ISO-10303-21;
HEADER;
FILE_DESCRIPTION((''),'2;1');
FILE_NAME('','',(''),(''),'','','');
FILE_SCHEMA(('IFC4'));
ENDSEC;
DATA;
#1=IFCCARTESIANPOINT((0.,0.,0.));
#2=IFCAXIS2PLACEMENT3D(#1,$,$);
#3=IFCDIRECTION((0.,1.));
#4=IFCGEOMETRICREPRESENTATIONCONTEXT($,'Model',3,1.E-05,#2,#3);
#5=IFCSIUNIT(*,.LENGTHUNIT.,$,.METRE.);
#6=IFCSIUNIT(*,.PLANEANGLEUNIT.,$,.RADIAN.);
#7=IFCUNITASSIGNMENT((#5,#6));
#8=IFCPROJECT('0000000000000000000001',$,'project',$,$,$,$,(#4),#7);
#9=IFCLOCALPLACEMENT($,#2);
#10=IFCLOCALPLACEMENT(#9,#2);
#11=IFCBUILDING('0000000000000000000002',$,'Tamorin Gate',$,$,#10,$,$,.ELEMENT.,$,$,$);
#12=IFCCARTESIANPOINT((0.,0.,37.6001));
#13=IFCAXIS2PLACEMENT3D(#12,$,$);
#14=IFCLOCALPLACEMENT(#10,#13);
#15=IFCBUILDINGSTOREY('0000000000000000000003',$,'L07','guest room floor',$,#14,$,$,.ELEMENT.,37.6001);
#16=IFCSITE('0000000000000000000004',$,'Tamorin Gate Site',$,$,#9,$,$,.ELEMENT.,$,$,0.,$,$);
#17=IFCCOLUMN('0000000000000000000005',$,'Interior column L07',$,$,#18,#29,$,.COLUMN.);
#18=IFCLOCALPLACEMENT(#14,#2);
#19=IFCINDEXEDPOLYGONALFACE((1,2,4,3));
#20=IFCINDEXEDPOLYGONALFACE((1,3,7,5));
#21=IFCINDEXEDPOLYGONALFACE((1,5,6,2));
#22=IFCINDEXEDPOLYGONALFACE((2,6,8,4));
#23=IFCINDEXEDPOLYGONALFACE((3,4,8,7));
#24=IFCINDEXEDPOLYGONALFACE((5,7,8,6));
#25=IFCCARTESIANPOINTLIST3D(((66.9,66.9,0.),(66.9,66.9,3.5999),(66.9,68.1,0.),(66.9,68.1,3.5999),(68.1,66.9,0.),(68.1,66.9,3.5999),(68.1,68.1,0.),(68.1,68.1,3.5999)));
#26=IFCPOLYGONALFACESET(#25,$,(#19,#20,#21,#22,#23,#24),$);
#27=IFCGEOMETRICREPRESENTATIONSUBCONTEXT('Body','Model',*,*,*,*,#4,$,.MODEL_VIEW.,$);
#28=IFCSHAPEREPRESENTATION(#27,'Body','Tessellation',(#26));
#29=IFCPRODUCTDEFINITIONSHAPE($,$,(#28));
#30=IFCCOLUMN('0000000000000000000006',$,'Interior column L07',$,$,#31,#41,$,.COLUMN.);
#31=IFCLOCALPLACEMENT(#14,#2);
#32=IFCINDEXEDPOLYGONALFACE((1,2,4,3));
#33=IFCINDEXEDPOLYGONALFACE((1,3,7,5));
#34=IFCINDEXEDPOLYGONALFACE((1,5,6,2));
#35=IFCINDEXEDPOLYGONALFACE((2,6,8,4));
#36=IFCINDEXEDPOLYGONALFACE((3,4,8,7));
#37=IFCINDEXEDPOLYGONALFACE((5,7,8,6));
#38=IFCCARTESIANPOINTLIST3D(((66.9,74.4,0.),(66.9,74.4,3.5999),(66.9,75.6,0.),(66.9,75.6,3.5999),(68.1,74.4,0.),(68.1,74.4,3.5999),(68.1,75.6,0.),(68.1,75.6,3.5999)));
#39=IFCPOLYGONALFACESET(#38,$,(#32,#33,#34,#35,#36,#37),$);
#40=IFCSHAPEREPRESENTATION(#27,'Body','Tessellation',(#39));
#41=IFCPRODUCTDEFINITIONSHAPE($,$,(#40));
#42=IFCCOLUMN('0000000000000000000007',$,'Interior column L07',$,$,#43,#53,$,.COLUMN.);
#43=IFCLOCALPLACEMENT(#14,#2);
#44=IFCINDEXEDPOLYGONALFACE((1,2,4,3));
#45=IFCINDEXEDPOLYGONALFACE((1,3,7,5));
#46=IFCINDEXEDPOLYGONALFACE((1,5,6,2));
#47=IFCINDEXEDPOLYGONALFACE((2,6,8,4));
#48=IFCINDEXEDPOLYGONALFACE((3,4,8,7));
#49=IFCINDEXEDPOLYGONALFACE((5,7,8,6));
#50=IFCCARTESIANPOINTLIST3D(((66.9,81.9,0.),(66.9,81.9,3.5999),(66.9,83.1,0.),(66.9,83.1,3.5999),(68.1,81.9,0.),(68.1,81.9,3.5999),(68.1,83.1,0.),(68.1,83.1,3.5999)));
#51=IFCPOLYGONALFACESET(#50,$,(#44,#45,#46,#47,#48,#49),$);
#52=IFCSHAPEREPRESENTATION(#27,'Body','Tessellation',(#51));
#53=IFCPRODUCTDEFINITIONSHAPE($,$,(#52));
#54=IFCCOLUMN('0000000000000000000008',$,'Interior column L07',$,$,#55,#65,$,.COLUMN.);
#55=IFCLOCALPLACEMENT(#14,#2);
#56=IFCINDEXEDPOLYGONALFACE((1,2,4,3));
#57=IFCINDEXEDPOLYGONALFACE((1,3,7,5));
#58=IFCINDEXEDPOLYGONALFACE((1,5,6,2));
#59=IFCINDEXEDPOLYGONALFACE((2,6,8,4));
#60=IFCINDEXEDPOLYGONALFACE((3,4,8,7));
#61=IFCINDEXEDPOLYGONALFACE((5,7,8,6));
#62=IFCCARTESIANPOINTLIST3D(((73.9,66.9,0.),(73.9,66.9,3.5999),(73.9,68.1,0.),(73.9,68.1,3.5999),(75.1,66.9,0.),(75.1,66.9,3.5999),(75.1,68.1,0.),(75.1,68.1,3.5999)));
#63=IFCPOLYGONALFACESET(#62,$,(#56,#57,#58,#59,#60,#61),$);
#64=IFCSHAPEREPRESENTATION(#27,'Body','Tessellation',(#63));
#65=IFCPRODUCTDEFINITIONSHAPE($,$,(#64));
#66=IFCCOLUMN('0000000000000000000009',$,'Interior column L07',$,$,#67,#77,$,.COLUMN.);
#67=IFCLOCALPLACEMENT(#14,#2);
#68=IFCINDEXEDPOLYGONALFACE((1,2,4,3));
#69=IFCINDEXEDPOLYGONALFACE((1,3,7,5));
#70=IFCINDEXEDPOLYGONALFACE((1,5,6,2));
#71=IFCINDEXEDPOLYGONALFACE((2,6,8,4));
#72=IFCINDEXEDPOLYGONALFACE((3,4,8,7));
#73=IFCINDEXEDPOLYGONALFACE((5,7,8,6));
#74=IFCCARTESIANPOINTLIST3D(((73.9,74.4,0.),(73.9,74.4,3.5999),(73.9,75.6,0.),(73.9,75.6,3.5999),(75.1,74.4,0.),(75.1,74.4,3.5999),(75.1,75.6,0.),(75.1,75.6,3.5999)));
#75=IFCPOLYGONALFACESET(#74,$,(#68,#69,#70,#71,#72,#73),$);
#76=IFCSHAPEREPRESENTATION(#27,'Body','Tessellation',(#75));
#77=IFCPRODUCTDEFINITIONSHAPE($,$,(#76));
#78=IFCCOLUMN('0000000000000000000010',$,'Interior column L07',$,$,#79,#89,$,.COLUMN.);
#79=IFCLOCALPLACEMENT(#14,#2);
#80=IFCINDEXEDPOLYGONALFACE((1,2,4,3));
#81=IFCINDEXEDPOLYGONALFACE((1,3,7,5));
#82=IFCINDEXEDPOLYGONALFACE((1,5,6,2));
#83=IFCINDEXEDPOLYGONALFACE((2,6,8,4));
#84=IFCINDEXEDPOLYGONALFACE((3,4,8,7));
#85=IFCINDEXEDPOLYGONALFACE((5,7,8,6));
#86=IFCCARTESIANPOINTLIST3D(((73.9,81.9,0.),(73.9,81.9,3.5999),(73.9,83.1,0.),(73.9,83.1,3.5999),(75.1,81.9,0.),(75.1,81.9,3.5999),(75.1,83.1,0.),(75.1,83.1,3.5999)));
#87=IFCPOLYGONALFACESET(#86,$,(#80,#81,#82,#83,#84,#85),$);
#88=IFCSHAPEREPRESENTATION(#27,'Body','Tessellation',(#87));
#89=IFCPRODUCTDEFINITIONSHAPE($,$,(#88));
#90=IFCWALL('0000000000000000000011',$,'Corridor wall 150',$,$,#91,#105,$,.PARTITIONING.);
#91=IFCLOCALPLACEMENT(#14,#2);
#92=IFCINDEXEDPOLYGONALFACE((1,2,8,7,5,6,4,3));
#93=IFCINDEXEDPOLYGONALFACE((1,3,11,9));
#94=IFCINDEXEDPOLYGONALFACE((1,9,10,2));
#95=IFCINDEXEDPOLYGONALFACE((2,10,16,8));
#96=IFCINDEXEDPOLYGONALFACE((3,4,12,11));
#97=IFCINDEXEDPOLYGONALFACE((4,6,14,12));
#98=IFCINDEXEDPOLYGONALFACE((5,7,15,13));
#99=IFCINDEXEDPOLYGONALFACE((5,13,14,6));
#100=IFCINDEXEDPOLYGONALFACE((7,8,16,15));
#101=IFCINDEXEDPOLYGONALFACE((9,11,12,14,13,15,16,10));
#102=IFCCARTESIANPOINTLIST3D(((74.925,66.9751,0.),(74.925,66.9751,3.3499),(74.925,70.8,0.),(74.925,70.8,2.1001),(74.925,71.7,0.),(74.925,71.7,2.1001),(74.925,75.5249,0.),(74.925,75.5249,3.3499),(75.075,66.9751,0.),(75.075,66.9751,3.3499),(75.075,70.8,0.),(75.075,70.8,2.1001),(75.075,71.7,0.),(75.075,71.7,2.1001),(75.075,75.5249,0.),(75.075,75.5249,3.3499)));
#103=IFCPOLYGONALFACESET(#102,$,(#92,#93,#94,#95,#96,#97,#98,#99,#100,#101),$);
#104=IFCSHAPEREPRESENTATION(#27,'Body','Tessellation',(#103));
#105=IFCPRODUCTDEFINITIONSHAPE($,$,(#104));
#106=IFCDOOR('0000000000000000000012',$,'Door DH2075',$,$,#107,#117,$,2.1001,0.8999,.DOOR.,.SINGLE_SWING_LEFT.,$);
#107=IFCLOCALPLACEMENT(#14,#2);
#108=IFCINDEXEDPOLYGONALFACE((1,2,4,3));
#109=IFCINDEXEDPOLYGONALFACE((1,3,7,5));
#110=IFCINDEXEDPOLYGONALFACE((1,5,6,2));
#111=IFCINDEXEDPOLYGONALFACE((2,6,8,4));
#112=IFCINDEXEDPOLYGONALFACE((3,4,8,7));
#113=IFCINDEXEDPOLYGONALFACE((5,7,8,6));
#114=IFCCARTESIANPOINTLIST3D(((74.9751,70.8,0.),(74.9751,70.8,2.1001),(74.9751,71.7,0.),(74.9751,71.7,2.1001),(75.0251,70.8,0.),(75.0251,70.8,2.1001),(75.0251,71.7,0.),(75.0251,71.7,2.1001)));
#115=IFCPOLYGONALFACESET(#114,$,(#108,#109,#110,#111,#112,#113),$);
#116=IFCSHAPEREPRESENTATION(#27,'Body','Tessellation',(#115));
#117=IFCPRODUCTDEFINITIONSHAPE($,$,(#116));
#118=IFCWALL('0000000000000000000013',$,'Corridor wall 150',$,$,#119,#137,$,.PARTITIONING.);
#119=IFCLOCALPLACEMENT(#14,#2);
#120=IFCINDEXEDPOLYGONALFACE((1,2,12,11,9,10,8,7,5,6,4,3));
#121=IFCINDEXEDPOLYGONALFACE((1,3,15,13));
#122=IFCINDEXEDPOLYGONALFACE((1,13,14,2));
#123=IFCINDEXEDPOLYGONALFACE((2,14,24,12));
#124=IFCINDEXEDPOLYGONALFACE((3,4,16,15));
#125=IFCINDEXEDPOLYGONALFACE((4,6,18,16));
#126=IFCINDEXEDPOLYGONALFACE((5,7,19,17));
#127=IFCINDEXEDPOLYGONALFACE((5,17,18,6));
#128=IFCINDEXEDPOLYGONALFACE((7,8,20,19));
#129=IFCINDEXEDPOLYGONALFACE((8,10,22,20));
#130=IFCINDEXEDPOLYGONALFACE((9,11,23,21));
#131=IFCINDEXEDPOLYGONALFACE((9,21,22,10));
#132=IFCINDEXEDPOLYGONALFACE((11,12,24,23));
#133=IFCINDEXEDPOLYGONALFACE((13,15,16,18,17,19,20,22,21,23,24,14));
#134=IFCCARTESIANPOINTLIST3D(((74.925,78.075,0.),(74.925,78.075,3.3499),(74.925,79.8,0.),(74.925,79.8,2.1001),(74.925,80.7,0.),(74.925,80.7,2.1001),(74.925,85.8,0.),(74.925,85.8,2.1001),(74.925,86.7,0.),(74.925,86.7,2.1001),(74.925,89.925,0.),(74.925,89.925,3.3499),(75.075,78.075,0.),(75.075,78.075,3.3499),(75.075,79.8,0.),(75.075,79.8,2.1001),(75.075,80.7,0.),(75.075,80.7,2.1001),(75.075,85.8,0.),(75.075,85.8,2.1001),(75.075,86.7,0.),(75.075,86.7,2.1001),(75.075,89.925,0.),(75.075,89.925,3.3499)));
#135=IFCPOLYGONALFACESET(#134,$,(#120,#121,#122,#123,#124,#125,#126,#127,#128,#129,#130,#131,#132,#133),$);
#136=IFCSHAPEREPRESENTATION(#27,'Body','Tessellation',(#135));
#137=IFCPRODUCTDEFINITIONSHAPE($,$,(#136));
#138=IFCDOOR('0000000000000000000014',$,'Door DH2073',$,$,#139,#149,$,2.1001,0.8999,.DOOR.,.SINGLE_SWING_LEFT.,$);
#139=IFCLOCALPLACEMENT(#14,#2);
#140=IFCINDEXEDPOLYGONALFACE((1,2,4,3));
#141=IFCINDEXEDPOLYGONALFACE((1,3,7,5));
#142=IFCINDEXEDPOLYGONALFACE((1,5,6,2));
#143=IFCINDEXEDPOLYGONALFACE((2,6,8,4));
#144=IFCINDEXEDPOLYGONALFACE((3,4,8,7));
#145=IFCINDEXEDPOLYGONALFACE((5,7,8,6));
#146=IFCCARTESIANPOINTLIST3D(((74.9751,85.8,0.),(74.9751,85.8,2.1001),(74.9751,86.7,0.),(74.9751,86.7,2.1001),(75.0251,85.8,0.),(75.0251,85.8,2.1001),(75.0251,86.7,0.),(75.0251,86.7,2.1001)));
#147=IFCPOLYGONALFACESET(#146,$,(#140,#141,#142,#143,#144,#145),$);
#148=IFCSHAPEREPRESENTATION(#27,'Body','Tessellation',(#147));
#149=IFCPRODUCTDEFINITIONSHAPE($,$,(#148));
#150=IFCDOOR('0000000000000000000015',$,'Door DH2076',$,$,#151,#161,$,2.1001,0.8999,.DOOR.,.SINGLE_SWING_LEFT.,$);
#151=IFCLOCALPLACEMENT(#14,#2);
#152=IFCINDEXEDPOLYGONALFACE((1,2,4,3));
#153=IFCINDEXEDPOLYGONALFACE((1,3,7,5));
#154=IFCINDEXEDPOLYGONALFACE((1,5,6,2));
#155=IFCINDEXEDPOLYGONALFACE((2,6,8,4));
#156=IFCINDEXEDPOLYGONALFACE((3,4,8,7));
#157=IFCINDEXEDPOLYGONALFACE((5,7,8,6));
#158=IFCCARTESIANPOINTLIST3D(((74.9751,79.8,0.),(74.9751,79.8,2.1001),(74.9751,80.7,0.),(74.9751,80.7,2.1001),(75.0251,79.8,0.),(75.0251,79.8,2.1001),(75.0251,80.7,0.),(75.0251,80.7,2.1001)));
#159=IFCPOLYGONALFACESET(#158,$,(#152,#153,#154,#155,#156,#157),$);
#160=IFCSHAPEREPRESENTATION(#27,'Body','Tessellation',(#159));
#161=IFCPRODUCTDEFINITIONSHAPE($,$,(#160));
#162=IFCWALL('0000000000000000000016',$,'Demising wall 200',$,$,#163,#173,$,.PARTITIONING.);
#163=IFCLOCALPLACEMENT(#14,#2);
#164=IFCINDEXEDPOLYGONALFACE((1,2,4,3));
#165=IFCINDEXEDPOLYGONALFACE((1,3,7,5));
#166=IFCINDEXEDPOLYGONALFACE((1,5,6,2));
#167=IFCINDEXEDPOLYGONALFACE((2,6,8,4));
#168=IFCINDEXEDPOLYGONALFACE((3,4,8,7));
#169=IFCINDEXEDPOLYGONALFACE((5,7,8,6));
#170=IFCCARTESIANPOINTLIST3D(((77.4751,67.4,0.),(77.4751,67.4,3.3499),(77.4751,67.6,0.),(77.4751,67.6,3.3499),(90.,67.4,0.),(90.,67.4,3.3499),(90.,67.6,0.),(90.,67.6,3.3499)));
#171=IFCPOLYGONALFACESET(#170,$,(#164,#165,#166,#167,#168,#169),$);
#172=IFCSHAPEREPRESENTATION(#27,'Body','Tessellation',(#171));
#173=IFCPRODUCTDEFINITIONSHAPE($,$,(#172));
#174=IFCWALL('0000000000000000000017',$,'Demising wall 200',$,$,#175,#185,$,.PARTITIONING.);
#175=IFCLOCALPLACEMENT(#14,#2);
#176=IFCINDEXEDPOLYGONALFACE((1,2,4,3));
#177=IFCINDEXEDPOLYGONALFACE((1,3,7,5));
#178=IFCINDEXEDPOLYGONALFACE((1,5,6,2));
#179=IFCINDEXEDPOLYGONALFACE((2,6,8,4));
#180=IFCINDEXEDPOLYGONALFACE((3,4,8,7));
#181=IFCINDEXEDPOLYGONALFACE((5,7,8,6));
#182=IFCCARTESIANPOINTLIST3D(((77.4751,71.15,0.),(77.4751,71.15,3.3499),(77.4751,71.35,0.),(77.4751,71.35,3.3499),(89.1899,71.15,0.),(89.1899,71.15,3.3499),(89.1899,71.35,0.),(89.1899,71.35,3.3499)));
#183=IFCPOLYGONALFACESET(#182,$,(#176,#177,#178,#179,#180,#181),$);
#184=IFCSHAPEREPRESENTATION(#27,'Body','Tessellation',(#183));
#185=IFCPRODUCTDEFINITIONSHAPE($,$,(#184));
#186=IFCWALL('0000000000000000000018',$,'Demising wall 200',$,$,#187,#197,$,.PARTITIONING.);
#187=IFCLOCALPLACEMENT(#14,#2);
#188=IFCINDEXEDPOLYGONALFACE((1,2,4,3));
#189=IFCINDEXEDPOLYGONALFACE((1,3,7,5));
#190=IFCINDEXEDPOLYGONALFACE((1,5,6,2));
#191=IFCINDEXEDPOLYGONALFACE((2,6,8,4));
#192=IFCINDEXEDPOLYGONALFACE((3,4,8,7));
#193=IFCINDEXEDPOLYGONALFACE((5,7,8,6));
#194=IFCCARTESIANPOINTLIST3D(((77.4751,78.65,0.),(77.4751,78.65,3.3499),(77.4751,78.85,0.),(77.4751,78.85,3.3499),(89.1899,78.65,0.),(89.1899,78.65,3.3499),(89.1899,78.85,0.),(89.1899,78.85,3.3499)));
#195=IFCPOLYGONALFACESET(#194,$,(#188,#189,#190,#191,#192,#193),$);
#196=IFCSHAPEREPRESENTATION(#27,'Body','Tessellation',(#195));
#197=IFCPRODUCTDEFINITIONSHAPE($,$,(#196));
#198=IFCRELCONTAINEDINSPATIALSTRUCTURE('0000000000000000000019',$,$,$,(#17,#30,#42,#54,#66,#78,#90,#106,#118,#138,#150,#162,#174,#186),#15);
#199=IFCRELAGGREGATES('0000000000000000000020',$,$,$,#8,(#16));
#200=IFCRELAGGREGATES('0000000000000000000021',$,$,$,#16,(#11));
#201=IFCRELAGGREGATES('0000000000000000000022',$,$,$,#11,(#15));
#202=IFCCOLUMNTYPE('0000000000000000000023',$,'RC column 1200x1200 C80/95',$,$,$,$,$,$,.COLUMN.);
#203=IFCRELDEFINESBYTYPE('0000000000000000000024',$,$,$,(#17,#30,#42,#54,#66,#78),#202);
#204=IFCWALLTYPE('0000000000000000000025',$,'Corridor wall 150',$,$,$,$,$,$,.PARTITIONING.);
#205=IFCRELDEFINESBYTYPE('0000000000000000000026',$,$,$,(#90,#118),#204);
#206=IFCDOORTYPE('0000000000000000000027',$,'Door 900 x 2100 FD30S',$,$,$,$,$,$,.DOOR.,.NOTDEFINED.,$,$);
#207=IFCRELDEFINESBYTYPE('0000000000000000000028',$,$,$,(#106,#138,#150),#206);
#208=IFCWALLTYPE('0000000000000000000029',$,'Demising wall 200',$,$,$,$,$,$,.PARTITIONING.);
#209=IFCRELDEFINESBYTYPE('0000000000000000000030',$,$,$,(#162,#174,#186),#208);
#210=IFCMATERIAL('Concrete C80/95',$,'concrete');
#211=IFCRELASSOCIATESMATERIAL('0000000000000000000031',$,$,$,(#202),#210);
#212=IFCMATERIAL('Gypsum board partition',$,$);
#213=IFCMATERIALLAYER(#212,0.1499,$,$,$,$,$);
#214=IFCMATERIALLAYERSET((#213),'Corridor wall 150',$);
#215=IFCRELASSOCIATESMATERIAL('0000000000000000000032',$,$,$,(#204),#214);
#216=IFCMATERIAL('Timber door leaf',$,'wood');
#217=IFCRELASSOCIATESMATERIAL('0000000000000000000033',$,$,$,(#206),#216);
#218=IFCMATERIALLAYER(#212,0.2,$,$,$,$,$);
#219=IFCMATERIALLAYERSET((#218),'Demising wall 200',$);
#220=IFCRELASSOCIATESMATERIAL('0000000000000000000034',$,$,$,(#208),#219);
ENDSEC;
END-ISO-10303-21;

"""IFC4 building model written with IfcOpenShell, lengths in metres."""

from ifc_helpers import new_model, si_unit, direction, frame, frame_2d, origin, origin_2d, place, context, subcontext, project, spatial, rectangle, extrude, material, layer, layer_set, material_profile, profile_set, type_object, element, fill, save


model = new_model("IFC4")

# Units and contexts
model_context = context("Model", 3, precision=1e-05, world=origin(), true_north=direction((0.0, 1.0)))
body_context = subcontext(model_context, "Body", "Model", "MODEL_VIEW")
ifc_project = project(units=[si_unit("LENGTHUNIT", "METRE"), si_unit("PLANEANGLEUNIT", "RADIAN")], contexts=[model_context])

# Site, building, storey
site_placement = place(None, origin())
site = spatial("IfcSite", under=ifc_project, at=site_placement, Name="Tamorin Gate Site", CompositionType="ELEMENT", RefElevation=0.0)
building_placement = place(site_placement, origin())
building = spatial("IfcBuilding", under=site, at=building_placement, Name="Tamorin Gate", CompositionType="ELEMENT")
storey_placement = place(building_placement, frame((0.0, 0.0, 37.6001)))
storey = spatial("IfcBuildingStorey", under=building, at=storey_placement, Name="L07", Description="guest room floor", CompositionType="ELEMENT", Elevation=37.6001)

# Columns
ifc_material_1 = material(Name="Concrete C80/95", Category="concrete")
ifc_material_profile = material_profile(ifc_material_1, rectangle(XDim=1.2, YDim=1.2, at=origin_2d()), Name="RC 1200x1200")
ifc_profile_set = profile_set([ifc_material_profile], Name="Concrete C80/95")
column_type = type_object("IfcColumnType", Name="RC column 1200x1200 C80/95", PredefinedType="COLUMN", material=ifc_profile_set)
for number, where, z_axis, x_axis, name in (
    (1, (67.5, 67.5, 0.0), (0.0, 0.0, 1.0), (1.0, 0.0, 0.0), "Interior column L07"),
    (2, (67.5, 75.0, 0.0), (0.0, 0.0, 1.0), (1.0, 0.0, 0.0), "Interior column L07"),
    (3, (67.5, 82.5, 0.0), (0.0, 0.0, 1.0), (1.0, 0.0, 0.0), "Interior column L07"),
    (4, (74.5, 67.5, 0.0), (0.0, 0.0, 1.0), (1.0, 0.0, 0.0), "Interior column L07"),
    (5, (74.5, 75.0, 0.0), (0.0, 0.0, 1.0), (1.0, 0.0, 0.0), "Interior column L07"),
    (6, (74.5, 82.5, 0.0), (0.0, 0.0, 1.0), (1.0, 0.0, 0.0), "Interior column L07"),
):
    element("IfcColumn", number, at=place(storey_placement, frame(where, z_axis=z_axis, x_axis=x_axis)), inside=storey, type_object=column_type, Name=name, PredefinedType="COLUMN", context=body_context, shape_type="SweptSolid", body=[
        extrude(rectangle(XDim=1.2, YDim=1.2, at=origin_2d()), origin(), (0.0, 0.0, 1.0), 3.5999),
    ])

# Wall, opening, door
ifc_material_2 = material(Name="Gypsum board partition")
ifc_layer_1 = layer(ifc_material_2, 0.1499)
ifc_layer_set_1 = layer_set([ifc_layer_1], Name="Corridor wall 150")
wall_type_1 = type_object("IfcWallType", Name="Corridor wall 150", PredefinedType="PARTITIONING", material=ifc_layer_set_1)
wall_1_placement = place(storey_placement, frame((75.0, 66.9751, 0.0), z_axis=(0.0, 0.0, 1.0), x_axis=(0.0, 1.0, 0.0)))
wall_1 = element("IfcWall", 7, at=wall_1_placement, inside=storey, type_object=wall_type_1, Name="Corridor wall 150", PredefinedType="PARTITIONING", context=body_context, shape_type="SweptSolid", body=[
    extrude(rectangle(XDim=8.5498, YDim=0.1499, at=frame_2d((4.2749, 0.0))), origin(), (0.0, 0.0, 1.0), 3.3499),
])
opening_1_placement = place(wall_1_placement, frame((3.825, 0.0, 0.0)))
opening_1 = element("IfcOpeningElement", 8, at=opening_1_placement, cuts=wall_1, PredefinedType="OPENING", context=body_context, shape_type="SweptSolid", body=[
    extrude(rectangle(XDim=0.8999, YDim=2.1001, at=frame_2d((0.45, 1.05))), frame((0.0, 0.085, 0.0), z_axis=(0.0, -1.0, 0.0), x_axis=(1.0, 0.0, 0.0)), (0.0, 0.0, 1.0), 0.1699),
])
ifc_material_3 = material(Name="Timber door leaf", Category="wood")
door_type = type_object("IfcDoorType", Name="Door 900 x 2100 FD30S", OperationType="NOTDEFINED", PredefinedType="DOOR", material=ifc_material_3)
door_1_placement = place(opening_1_placement, origin())
door_1 = element("IfcDoor", 9, at=door_1_placement, inside=storey, type_object=door_type, Name="Door DH2075", OperationType="SINGLE_SWING_LEFT", OverallHeight=2.1001, OverallWidth=0.8999, PredefinedType="DOOR", context=body_context, shape_type="SweptSolid", body=[
    extrude(rectangle(XDim=0.8999, YDim=2.1001, at=frame_2d((0.45, 1.05))), frame((0.0, 0.0249, 0.0), z_axis=(0.0, -1.0, 0.0), x_axis=(1.0, 0.0, 0.0)), (0.0, 0.0, 1.0), 0.05),
])
fill(opening_1, door_1)

# Wall, openings, doors
wall_2_placement = place(storey_placement, frame((75.0, 78.075, 0.0), z_axis=(0.0, 0.0, 1.0), x_axis=(0.0, 1.0, 0.0)))
wall_2 = element("IfcWall", 10, at=wall_2_placement, inside=storey, type_object=wall_type_1, Name="Corridor wall 150", PredefinedType="PARTITIONING", context=body_context, shape_type="SweptSolid", body=[
    extrude(rectangle(XDim=11.8501, YDim=0.1499, at=frame_2d((5.925, 0.0))), origin(), (0.0, 0.0, 1.0), 3.3499),
])
opening_2_placement = place(wall_2_placement, frame((7.7251, 0.0, 0.0)))
opening_2 = element("IfcOpeningElement", 11, at=opening_2_placement, cuts=wall_2, PredefinedType="OPENING", context=body_context, shape_type="SweptSolid", body=[
    extrude(rectangle(XDim=0.8999, YDim=2.1001, at=frame_2d((0.45, 1.05))), frame((0.0, 0.085, 0.0), z_axis=(0.0, -1.0, 0.0), x_axis=(1.0, 0.0, 0.0)), (0.0, 0.0, 1.0), 0.1699),
])
opening_3_placement = place(wall_2_placement, frame((1.7251, 0.0, 0.0)))
opening_3 = element("IfcOpeningElement", 12, at=opening_3_placement, cuts=wall_2, PredefinedType="OPENING", context=body_context, shape_type="SweptSolid", body=[
    extrude(rectangle(XDim=0.8999, YDim=2.1001, at=frame_2d((0.45, 1.05))), frame((0.0, 0.085, 0.0), z_axis=(0.0, -1.0, 0.0), x_axis=(1.0, 0.0, 0.0)), (0.0, 0.0, 1.0), 0.1699),
])
door_2_placement = place(opening_2_placement, origin())
door_2 = element("IfcDoor", 13, at=door_2_placement, inside=storey, type_object=door_type, Name="Door DH2073", OperationType="SINGLE_SWING_LEFT", OverallHeight=2.1001, OverallWidth=0.8999, PredefinedType="DOOR", context=body_context, shape_type="SweptSolid", body=[
    extrude(rectangle(XDim=0.8999, YDim=2.1001, at=frame_2d((0.45, 1.05))), frame((0.0, 0.0249, 0.0), z_axis=(0.0, -1.0, 0.0), x_axis=(1.0, 0.0, 0.0)), (0.0, 0.0, 1.0), 0.05),
])
fill(opening_2, door_2)
door_3_placement = place(opening_3_placement, origin())
door_3 = element("IfcDoor", 14, at=door_3_placement, inside=storey, type_object=door_type, Name="Door DH2076", OperationType="SINGLE_SWING_LEFT", OverallHeight=2.1001, OverallWidth=0.8999, PredefinedType="DOOR", context=body_context, shape_type="SweptSolid", body=[
    extrude(rectangle(XDim=0.8999, YDim=2.1001, at=frame_2d((0.45, 1.05))), frame((0.0, 0.0249, 0.0), z_axis=(0.0, -1.0, 0.0), x_axis=(1.0, 0.0, 0.0)), (0.0, 0.0, 1.0), 0.05),
])
fill(opening_3, door_3)

# Walls
ifc_layer_2 = layer(ifc_material_2, 0.2)
ifc_layer_set_2 = layer_set([ifc_layer_2], Name="Demising wall 200")
wall_type_2 = type_object("IfcWallType", Name="Demising wall 200", PredefinedType="PARTITIONING", material=ifc_layer_set_2)
wall_3_placement = place(storey_placement, frame((77.4751, 67.5, 0.0), z_axis=(0.0, 0.0, 1.0), x_axis=(1.0, 0.0, 0.0)))
element("IfcWall", 15, at=wall_3_placement, inside=storey, type_object=wall_type_2, Name="Demising wall 200", PredefinedType="PARTITIONING", context=body_context, shape_type="SweptSolid", body=[
    extrude(rectangle(XDim=12.5249, YDim=0.2, at=frame_2d((6.2625, 0.0))), origin(), (0.0, 0.0, 1.0), 3.3499),
])
for number, where, z_axis, x_axis, name in (
    (16, (77.4751, 71.25, 0.0), (0.0, 0.0, 1.0), (1.0, 0.0, 0.0), "Demising wall 200"),
    (17, (77.4751, 78.75, 0.0), (0.0, 0.0, 1.0), (1.0, 0.0, 0.0), "Demising wall 200"),
):
    element("IfcWall", number, at=place(storey_placement, frame(where, z_axis=z_axis, x_axis=x_axis)), inside=storey, type_object=wall_type_2, Name=name, PredefinedType="PARTITIONING", context=body_context, shape_type="SweptSolid", body=[
        extrude(rectangle(XDim=11.7148, YDim=0.2, at=frame_2d((5.8574, 0.0))), origin(), (0.0, 0.0, 1.0), 3.3499),
    ])

save(model, "model.ifc")
